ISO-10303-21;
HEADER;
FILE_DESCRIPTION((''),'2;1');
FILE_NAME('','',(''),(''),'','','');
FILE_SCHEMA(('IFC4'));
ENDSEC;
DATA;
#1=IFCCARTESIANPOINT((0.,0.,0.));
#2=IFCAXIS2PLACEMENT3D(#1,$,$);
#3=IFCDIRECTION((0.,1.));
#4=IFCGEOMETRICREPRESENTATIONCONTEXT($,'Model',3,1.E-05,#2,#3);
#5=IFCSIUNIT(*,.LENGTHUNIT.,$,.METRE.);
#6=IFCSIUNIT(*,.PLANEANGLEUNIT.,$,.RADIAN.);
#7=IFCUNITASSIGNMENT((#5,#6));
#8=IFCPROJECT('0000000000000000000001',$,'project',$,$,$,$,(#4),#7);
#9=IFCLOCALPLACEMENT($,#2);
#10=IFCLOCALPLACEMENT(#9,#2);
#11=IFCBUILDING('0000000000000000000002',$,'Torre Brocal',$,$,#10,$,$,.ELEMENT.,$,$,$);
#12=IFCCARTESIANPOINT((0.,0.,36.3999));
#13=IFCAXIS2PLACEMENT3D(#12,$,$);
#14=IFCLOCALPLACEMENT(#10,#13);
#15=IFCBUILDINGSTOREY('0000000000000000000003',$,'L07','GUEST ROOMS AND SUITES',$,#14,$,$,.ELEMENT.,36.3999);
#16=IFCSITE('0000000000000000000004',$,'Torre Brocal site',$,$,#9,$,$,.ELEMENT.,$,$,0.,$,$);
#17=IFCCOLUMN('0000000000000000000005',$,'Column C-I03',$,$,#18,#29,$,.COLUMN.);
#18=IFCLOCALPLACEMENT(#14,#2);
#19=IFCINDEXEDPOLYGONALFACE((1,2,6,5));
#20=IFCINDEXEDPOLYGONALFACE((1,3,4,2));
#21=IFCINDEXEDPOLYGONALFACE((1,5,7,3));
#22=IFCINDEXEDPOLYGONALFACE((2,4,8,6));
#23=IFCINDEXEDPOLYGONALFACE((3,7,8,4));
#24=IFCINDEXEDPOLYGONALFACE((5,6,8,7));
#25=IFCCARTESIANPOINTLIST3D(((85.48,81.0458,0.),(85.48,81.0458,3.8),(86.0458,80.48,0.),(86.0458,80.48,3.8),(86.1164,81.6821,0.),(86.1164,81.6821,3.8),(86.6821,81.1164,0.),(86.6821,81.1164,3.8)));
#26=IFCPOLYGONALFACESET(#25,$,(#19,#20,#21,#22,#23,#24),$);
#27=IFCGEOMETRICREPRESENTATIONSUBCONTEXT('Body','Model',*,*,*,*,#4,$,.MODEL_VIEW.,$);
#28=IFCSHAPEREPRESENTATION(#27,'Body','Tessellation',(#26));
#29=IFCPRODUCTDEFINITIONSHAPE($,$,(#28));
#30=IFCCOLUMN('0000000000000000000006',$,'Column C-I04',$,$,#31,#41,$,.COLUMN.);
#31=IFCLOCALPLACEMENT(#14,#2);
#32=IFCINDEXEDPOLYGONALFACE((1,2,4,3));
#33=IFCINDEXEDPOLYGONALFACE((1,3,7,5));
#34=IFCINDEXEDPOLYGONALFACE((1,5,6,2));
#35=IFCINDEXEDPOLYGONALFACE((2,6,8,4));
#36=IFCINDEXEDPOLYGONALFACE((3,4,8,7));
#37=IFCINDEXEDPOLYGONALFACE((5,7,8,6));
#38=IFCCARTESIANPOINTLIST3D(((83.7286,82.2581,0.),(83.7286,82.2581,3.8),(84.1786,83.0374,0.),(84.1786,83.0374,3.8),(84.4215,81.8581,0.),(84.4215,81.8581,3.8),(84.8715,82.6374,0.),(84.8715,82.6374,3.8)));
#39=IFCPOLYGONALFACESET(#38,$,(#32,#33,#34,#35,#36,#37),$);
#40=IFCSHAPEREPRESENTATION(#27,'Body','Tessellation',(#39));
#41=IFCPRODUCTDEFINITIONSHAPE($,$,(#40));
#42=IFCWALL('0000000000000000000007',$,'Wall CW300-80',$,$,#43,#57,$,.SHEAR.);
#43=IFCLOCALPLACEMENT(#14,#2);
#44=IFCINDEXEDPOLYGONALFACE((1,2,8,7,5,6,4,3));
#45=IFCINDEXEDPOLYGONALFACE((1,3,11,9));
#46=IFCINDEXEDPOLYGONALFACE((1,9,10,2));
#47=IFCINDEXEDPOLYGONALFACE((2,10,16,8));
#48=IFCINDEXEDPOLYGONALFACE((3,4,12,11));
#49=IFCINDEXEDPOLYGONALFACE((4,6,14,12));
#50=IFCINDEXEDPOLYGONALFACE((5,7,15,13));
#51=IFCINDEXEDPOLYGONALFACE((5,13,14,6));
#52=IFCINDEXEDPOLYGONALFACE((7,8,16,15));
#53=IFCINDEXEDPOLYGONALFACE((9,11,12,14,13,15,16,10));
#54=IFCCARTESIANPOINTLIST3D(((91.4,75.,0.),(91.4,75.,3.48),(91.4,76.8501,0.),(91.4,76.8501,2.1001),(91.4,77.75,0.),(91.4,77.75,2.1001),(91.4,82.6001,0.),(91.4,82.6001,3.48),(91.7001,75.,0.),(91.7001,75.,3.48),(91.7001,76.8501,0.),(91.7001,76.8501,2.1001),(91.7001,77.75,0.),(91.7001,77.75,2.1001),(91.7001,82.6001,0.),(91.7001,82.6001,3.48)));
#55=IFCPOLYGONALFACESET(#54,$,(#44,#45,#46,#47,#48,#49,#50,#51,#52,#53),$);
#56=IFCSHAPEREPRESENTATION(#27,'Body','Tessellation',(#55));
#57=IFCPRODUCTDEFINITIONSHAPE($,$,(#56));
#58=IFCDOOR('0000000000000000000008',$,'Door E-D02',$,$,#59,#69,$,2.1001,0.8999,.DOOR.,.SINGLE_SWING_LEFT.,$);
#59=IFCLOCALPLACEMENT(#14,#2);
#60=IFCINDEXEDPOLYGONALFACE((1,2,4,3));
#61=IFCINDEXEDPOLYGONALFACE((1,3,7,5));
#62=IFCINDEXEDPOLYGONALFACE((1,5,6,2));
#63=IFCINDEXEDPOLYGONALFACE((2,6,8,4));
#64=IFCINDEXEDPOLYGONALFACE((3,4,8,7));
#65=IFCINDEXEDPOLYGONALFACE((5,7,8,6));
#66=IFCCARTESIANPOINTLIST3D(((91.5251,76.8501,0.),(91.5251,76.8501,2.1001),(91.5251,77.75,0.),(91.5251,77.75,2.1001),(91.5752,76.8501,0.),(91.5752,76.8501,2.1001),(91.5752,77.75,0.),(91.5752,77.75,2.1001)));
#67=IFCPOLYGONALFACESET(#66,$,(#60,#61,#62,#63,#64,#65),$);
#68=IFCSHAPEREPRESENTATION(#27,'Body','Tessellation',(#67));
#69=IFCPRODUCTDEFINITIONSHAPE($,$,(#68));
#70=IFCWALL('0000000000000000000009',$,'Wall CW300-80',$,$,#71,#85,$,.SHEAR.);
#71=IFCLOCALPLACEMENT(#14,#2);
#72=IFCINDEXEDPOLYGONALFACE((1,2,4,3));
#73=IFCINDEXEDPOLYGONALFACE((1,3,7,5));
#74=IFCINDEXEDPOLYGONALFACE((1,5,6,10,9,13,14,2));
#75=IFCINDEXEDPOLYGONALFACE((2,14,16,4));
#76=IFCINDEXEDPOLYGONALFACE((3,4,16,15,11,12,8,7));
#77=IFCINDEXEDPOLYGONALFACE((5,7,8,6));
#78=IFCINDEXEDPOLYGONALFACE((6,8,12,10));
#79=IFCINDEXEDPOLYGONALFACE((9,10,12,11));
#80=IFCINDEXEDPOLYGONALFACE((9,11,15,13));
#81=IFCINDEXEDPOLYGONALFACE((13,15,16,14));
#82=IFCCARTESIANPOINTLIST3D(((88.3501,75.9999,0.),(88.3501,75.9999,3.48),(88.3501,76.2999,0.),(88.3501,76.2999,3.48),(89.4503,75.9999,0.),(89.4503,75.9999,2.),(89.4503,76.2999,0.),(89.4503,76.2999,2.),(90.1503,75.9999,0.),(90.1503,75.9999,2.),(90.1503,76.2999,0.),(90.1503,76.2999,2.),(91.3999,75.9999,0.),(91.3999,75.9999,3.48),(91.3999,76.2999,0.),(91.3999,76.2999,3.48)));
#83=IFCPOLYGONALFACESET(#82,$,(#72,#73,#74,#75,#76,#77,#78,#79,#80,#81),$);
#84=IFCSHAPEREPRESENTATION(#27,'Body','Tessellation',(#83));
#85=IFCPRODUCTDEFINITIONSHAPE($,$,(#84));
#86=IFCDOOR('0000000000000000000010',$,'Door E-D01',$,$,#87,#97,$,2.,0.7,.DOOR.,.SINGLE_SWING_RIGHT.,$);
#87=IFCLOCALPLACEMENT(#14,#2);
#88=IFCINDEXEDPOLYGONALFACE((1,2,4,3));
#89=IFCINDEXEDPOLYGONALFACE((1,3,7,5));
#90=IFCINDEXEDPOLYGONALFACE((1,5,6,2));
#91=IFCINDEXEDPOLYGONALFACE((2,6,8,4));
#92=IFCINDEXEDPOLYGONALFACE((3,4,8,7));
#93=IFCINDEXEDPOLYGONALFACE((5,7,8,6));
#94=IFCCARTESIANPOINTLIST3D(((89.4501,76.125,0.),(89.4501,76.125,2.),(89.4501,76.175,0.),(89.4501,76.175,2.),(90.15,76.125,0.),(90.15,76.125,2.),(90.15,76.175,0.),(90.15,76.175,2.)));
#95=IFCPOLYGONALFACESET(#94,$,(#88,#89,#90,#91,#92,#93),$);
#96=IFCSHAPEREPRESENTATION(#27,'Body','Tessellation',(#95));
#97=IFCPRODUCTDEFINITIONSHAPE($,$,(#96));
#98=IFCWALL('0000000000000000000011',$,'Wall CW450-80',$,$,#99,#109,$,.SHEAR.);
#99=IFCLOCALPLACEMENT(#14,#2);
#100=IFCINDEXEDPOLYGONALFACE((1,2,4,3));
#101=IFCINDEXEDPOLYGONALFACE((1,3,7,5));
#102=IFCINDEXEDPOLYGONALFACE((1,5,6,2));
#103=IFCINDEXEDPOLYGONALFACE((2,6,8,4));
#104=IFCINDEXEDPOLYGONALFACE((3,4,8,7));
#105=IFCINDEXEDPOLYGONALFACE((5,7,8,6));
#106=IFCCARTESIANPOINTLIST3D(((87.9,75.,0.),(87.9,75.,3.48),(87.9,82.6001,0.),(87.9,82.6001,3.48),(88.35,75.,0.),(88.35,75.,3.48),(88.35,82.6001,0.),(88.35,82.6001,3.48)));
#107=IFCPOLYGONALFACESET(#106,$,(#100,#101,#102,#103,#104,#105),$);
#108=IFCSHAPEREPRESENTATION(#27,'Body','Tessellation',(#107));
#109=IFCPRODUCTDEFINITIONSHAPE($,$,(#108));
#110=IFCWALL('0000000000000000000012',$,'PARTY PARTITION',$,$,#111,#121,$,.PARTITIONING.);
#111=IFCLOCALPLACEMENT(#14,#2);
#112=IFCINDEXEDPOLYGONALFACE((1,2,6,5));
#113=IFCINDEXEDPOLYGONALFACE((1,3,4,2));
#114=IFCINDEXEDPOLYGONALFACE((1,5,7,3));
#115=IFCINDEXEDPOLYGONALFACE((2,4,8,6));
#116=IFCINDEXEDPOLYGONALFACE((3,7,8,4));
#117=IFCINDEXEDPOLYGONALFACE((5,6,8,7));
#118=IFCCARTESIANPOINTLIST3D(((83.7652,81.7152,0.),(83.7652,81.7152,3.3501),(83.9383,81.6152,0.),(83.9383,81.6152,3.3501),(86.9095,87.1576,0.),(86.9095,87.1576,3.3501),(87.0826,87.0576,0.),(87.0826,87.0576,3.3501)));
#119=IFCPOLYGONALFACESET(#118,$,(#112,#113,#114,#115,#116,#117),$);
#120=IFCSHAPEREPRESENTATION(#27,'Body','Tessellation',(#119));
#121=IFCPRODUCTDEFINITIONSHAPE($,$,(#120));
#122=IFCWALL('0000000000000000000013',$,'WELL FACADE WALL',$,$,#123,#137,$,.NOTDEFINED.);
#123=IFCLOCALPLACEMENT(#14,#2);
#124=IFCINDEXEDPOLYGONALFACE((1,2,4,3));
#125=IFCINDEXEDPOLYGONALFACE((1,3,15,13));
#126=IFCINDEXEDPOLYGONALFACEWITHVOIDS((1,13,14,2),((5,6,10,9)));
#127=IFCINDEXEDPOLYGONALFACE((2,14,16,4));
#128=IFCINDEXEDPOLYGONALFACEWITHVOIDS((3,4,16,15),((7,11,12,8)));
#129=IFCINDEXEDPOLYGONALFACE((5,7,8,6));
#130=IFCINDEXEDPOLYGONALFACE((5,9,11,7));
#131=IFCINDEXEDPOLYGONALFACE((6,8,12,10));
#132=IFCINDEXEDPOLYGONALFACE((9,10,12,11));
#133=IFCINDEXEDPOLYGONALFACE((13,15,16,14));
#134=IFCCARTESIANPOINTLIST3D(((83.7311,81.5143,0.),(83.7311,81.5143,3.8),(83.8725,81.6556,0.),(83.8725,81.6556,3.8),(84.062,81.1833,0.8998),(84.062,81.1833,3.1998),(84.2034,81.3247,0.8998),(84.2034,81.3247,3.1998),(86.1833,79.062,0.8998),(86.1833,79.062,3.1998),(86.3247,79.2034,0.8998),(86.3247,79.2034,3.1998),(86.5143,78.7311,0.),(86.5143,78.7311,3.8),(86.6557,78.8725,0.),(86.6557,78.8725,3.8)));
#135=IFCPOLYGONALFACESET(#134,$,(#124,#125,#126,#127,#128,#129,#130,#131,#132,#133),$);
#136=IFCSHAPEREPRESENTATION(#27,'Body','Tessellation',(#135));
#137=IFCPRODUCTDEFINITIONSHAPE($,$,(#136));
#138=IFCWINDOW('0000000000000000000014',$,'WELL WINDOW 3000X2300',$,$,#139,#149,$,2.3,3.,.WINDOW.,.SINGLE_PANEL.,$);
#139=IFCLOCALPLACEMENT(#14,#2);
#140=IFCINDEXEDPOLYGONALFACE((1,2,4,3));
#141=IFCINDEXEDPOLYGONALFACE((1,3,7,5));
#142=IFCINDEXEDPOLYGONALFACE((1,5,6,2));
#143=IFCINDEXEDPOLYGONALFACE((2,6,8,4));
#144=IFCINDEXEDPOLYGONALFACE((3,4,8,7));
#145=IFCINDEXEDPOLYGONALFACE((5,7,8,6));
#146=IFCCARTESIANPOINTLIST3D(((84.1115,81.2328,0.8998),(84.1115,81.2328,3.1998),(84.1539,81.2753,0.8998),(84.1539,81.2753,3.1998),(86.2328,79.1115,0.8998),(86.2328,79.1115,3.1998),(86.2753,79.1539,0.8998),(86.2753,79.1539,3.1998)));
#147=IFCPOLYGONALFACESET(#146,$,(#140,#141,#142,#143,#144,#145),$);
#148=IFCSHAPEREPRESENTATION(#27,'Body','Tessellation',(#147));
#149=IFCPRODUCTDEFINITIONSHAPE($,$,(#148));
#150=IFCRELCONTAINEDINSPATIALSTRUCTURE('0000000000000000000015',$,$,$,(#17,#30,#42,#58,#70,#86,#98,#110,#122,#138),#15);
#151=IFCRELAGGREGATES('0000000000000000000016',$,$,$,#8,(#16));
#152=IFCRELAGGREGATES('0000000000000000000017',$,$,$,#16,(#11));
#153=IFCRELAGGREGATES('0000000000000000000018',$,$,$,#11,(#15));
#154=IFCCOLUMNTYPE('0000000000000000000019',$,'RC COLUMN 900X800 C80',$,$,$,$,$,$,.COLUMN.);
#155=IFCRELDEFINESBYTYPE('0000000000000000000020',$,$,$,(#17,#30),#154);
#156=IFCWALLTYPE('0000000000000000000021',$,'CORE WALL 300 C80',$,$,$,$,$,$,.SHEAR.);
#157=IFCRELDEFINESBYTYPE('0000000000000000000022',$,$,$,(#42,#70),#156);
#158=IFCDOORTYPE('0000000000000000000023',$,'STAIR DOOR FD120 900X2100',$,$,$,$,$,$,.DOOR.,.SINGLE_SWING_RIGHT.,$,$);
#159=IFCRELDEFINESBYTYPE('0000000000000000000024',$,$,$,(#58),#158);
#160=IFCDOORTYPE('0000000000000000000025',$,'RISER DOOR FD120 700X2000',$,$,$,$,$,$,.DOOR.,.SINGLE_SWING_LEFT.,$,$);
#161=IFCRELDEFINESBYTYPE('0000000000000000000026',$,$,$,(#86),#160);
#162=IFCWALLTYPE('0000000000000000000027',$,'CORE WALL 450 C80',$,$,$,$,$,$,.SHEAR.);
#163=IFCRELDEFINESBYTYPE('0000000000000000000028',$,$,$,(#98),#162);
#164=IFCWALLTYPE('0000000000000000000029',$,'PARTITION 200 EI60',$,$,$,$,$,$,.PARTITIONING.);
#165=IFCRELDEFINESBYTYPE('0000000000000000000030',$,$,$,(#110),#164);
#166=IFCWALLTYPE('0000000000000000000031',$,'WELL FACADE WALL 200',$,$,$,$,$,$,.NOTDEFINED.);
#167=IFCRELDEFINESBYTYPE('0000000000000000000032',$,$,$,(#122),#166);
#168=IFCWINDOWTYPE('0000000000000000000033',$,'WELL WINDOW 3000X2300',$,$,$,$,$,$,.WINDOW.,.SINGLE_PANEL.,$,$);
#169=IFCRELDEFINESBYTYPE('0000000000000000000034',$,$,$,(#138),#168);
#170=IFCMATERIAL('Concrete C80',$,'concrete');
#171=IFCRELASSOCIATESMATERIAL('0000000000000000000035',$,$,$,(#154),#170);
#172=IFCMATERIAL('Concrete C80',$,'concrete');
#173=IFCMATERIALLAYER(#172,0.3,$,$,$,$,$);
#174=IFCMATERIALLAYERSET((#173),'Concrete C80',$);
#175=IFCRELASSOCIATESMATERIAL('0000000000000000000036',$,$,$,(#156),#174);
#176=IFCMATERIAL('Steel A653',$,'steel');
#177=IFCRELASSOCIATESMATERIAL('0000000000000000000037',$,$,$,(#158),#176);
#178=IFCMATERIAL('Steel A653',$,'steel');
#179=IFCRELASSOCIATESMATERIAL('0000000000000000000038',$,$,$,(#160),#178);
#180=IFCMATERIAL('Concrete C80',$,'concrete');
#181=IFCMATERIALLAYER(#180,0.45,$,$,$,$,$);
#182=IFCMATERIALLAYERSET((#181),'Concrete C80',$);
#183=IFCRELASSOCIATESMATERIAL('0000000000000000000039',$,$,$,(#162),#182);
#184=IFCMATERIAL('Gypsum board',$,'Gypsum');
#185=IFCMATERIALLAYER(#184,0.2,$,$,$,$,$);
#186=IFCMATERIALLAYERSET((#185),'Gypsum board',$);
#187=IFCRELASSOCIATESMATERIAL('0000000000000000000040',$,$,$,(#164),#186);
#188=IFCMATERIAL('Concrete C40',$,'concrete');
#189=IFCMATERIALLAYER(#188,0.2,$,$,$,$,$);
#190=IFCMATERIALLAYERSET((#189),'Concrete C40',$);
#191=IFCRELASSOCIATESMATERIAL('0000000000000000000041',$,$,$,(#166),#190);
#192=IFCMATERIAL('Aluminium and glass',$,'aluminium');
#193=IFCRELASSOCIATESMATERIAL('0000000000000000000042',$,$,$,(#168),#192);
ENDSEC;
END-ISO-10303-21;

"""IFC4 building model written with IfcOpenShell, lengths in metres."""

from ifc_helpers import new_model, si_unit, direction, frame, frame_2d, origin, origin_2d, place, context, subcontext, project, spatial, rectangle, extrude, material, layer, layer_set, material_profile, profile_set, type_object, element, fill, save


model = new_model("IFC4")

# Units and contexts
model_context = context("Model", 3, precision=1e-05, world=origin(), true_north=direction((0.0, 1.0)))
body_context = subcontext(model_context, "Body", "Model", "MODEL_VIEW")
ifc_project = project(units=[si_unit("LENGTHUNIT", "METRE"), si_unit("PLANEANGLEUNIT", "RADIAN")], contexts=[model_context])

# Site, building, storey
site_placement = place(None, origin())
site = spatial("IfcSite", under=ifc_project, at=site_placement, Name="Torre Brocal site", CompositionType="ELEMENT", RefElevation=0.0)
building_placement = place(site_placement, origin())
building = spatial("IfcBuilding", under=site, at=building_placement, Name="Torre Brocal", CompositionType="ELEMENT")
storey_placement = place(building_placement, frame((0.0, 0.0, 36.3999)))
storey = spatial("IfcBuildingStorey", under=building, at=storey_placement, Name="L07", Description="GUEST ROOMS AND SUITES", CompositionType="ELEMENT", Elevation=36.3999)

# Columns
ifc_material_1 = material(Name="Concrete C80", Category="concrete")
ifc_material_profile = material_profile(ifc_material_1, rectangle(XDim=0.8999, YDim=0.8, at=origin_2d()), Name="RC 900X800")
ifc_profile_set = profile_set([ifc_material_profile], Name="Concrete C80")
column_type = type_object("IfcColumnType", Name="RC COLUMN 900X800 C80", PredefinedType="COLUMN", material=ifc_profile_set)
for number, where, z_axis, x_axis, name in (
    (1, (86.0811, 81.0811, 0.0), (0.0, 0.0, 1.0), (0.707107, 0.707107, 0.0), "Column C-I03"),
    (2, (84.3, 82.4478, 0.0), (0.0, 0.0, 1.0), (0.5, 0.866025, 0.0), "Column C-I04"),
):
    element("IfcColumn", number, at=place(storey_placement, frame(where, z_axis=z_axis, x_axis=x_axis)), inside=storey, type_object=column_type, Name=name, PredefinedType="COLUMN", context=body_context, shape_type="SweptSolid", body=[
        extrude(rectangle(XDim=0.8999, YDim=0.8, at=origin_2d()), origin(), (0.0, 0.0, 1.0), 3.8),
    ])

# Walls, openings, doors
ifc_material_2 = material(Name="Concrete C80", Category="concrete")
ifc_layer_1 = layer(ifc_material_2, 0.3)
ifc_layer_set_1 = layer_set([ifc_layer_1], Name="Concrete C80")
wall_type_1 = type_object("IfcWallType", Name="CORE WALL 300 C80", PredefinedType="SHEAR", material=ifc_layer_set_1)
wall_1_placement = place(storey_placement, frame((91.55, 75.0, 0.0), z_axis=(0.0, 0.0, 1.0), x_axis=(0.0, 1.0, 0.0)))
wall_1 = element("IfcWall", 3, at=wall_1_placement, inside=storey, type_object=wall_type_1, Name="Wall CW300-80", PredefinedType="SHEAR", context=body_context, shape_type="SweptSolid", body=[
    extrude(rectangle(XDim=7.6001, YDim=0.3, at=frame_2d((3.8, 0.0))), origin(), (0.0, 0.0, 1.0), 3.48),
])
opening_1_placement = place(wall_1_placement, frame((1.8501, 0.0, 0.0)))
opening_1 = element("IfcOpeningElement", 4, at=opening_1_placement, cuts=wall_1, PredefinedType="OPENING", context=body_context, shape_type="SweptSolid", body=[
    extrude(rectangle(XDim=0.8999, YDim=2.1001, at=frame_2d((0.45, 1.05))), frame((0.0, 0.1599, 0.0), z_axis=(0.0, -1.0, 0.0), x_axis=(1.0, 0.0, 0.0)), (0.0, 0.0, 1.0), 0.3201),
])
ifc_material_3 = material(Name="Steel A653", Category="steel")
door_type_1 = type_object("IfcDoorType", Name="STAIR DOOR FD120 900X2100", OperationType="SINGLE_SWING_RIGHT", PredefinedType="DOOR", material=ifc_material_3)
door_1_placement = place(opening_1_placement, origin())
door_1 = element("IfcDoor", 5, at=door_1_placement, inside=storey, type_object=door_type_1, Name="Door E-D02", OperationType="SINGLE_SWING_LEFT", OverallHeight=2.1001, OverallWidth=0.8999, PredefinedType="DOOR", context=body_context, shape_type="SweptSolid", body=[
    extrude(rectangle(XDim=0.8999, YDim=2.1001, at=frame_2d((0.45, 1.05))), frame((0.0, 0.0249, 0.0), z_axis=(0.0, -1.0, 0.0), x_axis=(1.0, 0.0, 0.0)), (0.0, 0.0, 1.0), 0.05),
])
fill(opening_1, door_1)
wall_2_placement = place(storey_placement, frame((88.3501, 76.1499, 0.0), z_axis=(0.0, 0.0, 1.0), x_axis=(1.0, 0.0, 0.0)))
wall_2 = element("IfcWall", 6, at=wall_2_placement, inside=storey, type_object=wall_type_1, Name="Wall CW300-80", PredefinedType="SHEAR", context=body_context, shape_type="SweptSolid", body=[
    extrude(rectangle(XDim=3.0498, YDim=0.3, at=frame_2d((1.5249, 0.0))), origin(), (0.0, 0.0, 1.0), 3.48),
])
opening_2_placement = place(wall_2_placement, frame((1.1001, 0.0, 0.0)))
opening_2 = element("IfcOpeningElement", 7, at=opening_2_placement, cuts=wall_2, PredefinedType="OPENING", context=body_context, shape_type="SweptSolid", body=[
    extrude(rectangle(XDim=0.7, YDim=2.0, at=frame_2d((0.3501, 1.0))), frame((0.0, 0.1599, 0.0), z_axis=(0.0, -1.0, 0.0), x_axis=(1.0, 0.0, 0.0)), (0.0, 0.0, 1.0), 0.3201),
])
ifc_material_4 = material(Name="Steel A653", Category="steel")
door_type_2 = type_object("IfcDoorType", Name="RISER DOOR FD120 700X2000", OperationType="SINGLE_SWING_LEFT", PredefinedType="DOOR", material=ifc_material_4)
door_2_placement = place(opening_2_placement, frame((0.7, 0.0, 0.0), z_axis=(0.0, 0.0, 1.0), x_axis=(-1.0, 0.0, 0.0)))
door_2 = element("IfcDoor", 8, at=door_2_placement, inside=storey, type_object=door_type_2, Name="Door E-D01", OperationType="SINGLE_SWING_RIGHT", OverallHeight=2.0, OverallWidth=0.7, PredefinedType="DOOR", context=body_context, shape_type="SweptSolid", body=[
    extrude(rectangle(XDim=0.7, YDim=2.0, at=frame_2d((0.3501, 1.0))), frame((0.0, 0.0249, 0.0), z_axis=(0.0, -1.0, 0.0), x_axis=(1.0, 0.0, 0.0)), (0.0, 0.0, 1.0), 0.05),
])
fill(opening_2, door_2)

# Walls
ifc_material_5 = material(Name="Concrete C80", Category="concrete")
ifc_layer_2 = layer(ifc_material_5, 0.45)
ifc_layer_set_2 = layer_set([ifc_layer_2], Name="Concrete C80")
wall_type_2 = type_object("IfcWallType", Name="CORE WALL 450 C80", PredefinedType="SHEAR", material=ifc_layer_set_2)
wall_3_placement = place(storey_placement, frame((88.125, 75.0, 0.0), z_axis=(0.0, 0.0, 1.0), x_axis=(0.0, 1.0, 0.0)))
element("IfcWall", 9, at=wall_3_placement, inside=storey, type_object=wall_type_2, Name="Wall CW450-80", PredefinedType="SHEAR", context=body_context, shape_type="SweptSolid", body=[
    extrude(rectangle(XDim=7.6001, YDim=0.45, at=frame_2d((3.8, 0.0))), origin(), (0.0, 0.0, 1.0), 3.48),
])
ifc_material_6 = material(Name="Gypsum board", Category="Gypsum")
ifc_layer_3 = layer(ifc_material_6, 0.2)
ifc_layer_set_3 = layer_set([ifc_layer_3], Name="Gypsum board")
wall_type_3 = type_object("IfcWallType", Name="PARTITION 200 EI60", PredefinedType="PARTITIONING", material=ifc_layer_set_3)
wall_4_placement = place(storey_placement, frame((83.8518, 81.6653, 0.0), z_axis=(0.0, 0.0, 1.0), x_axis=(0.500254, 0.865879, 0.0)))
element("IfcWall", 10, at=wall_4_placement, inside=storey, type_object=wall_type_3, Name="PARTY PARTITION", PredefinedType="PARTITIONING", context=body_context, shape_type="SweptSolid", body=[
    extrude(rectangle(XDim=6.2854, YDim=0.2, at=frame_2d((3.1426, 0.0))), origin(), (0.0, 0.0, 1.0), 3.3501),
])

# Wall, opening, window
ifc_material_7 = material(Name="Concrete C40", Category="concrete")
ifc_layer_4 = layer(ifc_material_7, 0.2)
ifc_layer_set_4 = layer_set([ifc_layer_4], Name="Concrete C40")
wall_type_4 = type_object("IfcWallType", Name="WELL FACADE WALL 200", PredefinedType="NOTDEFINED", material=ifc_layer_set_4)
wall_5_placement = place(storey_placement, frame((86.585, 78.8018, 0.0), z_axis=(0.0, 0.0, 1.0), x_axis=(-0.707107, 0.707107, 0.0)))
wall_5 = element("IfcWall", 11, at=wall_5_placement, inside=storey, type_object=wall_type_4, Name="WELL FACADE WALL", PredefinedType="NOTDEFINED", context=body_context, shape_type="SweptSolid", body=[
    extrude(rectangle(XDim=3.936, YDim=0.2, at=frame_2d((1.968, 0.0))), origin(), (0.0, 0.0, 1.0), 3.8),
])
opening_3_placement = place(wall_5_placement, frame((0.468, 0.0, 0.8999)))
opening_3 = element("IfcOpeningElement", 12, at=opening_3_placement, cuts=wall_5, PredefinedType="OPENING", context=body_context, shape_type="SweptSolid", body=[
    extrude(rectangle(XDim=3.0, YDim=2.3, at=frame_2d((1.5, 1.1499))), frame((0.0, 0.1099, 0.0), z_axis=(0.0, -1.0, 0.0), x_axis=(1.0, 0.0, 0.0)), (0.0, 0.0, 1.0), 0.22),
])
ifc_material_8 = material(Name="Aluminium and glass", Category="aluminium")
window_type = type_object("IfcWindowType", Name="WELL WINDOW 3000X2300", PartitioningType="SINGLE_PANEL", PredefinedType="WINDOW", material=ifc_material_8)
window_1_placement = place(opening_3_placement, origin())
window_1 = element("IfcWindow", 13, at=window_1_placement, inside=storey, type_object=window_type, Name="WELL WINDOW 3000X2300", OverallHeight=2.3, OverallWidth=3.0, PartitioningType="SINGLE_PANEL", PredefinedType="WINDOW", context=body_context, shape_type="SweptSolid", body=[
    extrude(rectangle(XDim=3.0, YDim=2.3, at=frame_2d((1.5, 1.1499))), frame((0.0, 0.03, 0.0), z_axis=(0.0, -1.0, 0.0), x_axis=(1.0, 0.0, 0.0)), (0.0, 0.0, 1.0), 0.0601),
])
fill(opening_3, window_1)

save(model, "model.ifc")
